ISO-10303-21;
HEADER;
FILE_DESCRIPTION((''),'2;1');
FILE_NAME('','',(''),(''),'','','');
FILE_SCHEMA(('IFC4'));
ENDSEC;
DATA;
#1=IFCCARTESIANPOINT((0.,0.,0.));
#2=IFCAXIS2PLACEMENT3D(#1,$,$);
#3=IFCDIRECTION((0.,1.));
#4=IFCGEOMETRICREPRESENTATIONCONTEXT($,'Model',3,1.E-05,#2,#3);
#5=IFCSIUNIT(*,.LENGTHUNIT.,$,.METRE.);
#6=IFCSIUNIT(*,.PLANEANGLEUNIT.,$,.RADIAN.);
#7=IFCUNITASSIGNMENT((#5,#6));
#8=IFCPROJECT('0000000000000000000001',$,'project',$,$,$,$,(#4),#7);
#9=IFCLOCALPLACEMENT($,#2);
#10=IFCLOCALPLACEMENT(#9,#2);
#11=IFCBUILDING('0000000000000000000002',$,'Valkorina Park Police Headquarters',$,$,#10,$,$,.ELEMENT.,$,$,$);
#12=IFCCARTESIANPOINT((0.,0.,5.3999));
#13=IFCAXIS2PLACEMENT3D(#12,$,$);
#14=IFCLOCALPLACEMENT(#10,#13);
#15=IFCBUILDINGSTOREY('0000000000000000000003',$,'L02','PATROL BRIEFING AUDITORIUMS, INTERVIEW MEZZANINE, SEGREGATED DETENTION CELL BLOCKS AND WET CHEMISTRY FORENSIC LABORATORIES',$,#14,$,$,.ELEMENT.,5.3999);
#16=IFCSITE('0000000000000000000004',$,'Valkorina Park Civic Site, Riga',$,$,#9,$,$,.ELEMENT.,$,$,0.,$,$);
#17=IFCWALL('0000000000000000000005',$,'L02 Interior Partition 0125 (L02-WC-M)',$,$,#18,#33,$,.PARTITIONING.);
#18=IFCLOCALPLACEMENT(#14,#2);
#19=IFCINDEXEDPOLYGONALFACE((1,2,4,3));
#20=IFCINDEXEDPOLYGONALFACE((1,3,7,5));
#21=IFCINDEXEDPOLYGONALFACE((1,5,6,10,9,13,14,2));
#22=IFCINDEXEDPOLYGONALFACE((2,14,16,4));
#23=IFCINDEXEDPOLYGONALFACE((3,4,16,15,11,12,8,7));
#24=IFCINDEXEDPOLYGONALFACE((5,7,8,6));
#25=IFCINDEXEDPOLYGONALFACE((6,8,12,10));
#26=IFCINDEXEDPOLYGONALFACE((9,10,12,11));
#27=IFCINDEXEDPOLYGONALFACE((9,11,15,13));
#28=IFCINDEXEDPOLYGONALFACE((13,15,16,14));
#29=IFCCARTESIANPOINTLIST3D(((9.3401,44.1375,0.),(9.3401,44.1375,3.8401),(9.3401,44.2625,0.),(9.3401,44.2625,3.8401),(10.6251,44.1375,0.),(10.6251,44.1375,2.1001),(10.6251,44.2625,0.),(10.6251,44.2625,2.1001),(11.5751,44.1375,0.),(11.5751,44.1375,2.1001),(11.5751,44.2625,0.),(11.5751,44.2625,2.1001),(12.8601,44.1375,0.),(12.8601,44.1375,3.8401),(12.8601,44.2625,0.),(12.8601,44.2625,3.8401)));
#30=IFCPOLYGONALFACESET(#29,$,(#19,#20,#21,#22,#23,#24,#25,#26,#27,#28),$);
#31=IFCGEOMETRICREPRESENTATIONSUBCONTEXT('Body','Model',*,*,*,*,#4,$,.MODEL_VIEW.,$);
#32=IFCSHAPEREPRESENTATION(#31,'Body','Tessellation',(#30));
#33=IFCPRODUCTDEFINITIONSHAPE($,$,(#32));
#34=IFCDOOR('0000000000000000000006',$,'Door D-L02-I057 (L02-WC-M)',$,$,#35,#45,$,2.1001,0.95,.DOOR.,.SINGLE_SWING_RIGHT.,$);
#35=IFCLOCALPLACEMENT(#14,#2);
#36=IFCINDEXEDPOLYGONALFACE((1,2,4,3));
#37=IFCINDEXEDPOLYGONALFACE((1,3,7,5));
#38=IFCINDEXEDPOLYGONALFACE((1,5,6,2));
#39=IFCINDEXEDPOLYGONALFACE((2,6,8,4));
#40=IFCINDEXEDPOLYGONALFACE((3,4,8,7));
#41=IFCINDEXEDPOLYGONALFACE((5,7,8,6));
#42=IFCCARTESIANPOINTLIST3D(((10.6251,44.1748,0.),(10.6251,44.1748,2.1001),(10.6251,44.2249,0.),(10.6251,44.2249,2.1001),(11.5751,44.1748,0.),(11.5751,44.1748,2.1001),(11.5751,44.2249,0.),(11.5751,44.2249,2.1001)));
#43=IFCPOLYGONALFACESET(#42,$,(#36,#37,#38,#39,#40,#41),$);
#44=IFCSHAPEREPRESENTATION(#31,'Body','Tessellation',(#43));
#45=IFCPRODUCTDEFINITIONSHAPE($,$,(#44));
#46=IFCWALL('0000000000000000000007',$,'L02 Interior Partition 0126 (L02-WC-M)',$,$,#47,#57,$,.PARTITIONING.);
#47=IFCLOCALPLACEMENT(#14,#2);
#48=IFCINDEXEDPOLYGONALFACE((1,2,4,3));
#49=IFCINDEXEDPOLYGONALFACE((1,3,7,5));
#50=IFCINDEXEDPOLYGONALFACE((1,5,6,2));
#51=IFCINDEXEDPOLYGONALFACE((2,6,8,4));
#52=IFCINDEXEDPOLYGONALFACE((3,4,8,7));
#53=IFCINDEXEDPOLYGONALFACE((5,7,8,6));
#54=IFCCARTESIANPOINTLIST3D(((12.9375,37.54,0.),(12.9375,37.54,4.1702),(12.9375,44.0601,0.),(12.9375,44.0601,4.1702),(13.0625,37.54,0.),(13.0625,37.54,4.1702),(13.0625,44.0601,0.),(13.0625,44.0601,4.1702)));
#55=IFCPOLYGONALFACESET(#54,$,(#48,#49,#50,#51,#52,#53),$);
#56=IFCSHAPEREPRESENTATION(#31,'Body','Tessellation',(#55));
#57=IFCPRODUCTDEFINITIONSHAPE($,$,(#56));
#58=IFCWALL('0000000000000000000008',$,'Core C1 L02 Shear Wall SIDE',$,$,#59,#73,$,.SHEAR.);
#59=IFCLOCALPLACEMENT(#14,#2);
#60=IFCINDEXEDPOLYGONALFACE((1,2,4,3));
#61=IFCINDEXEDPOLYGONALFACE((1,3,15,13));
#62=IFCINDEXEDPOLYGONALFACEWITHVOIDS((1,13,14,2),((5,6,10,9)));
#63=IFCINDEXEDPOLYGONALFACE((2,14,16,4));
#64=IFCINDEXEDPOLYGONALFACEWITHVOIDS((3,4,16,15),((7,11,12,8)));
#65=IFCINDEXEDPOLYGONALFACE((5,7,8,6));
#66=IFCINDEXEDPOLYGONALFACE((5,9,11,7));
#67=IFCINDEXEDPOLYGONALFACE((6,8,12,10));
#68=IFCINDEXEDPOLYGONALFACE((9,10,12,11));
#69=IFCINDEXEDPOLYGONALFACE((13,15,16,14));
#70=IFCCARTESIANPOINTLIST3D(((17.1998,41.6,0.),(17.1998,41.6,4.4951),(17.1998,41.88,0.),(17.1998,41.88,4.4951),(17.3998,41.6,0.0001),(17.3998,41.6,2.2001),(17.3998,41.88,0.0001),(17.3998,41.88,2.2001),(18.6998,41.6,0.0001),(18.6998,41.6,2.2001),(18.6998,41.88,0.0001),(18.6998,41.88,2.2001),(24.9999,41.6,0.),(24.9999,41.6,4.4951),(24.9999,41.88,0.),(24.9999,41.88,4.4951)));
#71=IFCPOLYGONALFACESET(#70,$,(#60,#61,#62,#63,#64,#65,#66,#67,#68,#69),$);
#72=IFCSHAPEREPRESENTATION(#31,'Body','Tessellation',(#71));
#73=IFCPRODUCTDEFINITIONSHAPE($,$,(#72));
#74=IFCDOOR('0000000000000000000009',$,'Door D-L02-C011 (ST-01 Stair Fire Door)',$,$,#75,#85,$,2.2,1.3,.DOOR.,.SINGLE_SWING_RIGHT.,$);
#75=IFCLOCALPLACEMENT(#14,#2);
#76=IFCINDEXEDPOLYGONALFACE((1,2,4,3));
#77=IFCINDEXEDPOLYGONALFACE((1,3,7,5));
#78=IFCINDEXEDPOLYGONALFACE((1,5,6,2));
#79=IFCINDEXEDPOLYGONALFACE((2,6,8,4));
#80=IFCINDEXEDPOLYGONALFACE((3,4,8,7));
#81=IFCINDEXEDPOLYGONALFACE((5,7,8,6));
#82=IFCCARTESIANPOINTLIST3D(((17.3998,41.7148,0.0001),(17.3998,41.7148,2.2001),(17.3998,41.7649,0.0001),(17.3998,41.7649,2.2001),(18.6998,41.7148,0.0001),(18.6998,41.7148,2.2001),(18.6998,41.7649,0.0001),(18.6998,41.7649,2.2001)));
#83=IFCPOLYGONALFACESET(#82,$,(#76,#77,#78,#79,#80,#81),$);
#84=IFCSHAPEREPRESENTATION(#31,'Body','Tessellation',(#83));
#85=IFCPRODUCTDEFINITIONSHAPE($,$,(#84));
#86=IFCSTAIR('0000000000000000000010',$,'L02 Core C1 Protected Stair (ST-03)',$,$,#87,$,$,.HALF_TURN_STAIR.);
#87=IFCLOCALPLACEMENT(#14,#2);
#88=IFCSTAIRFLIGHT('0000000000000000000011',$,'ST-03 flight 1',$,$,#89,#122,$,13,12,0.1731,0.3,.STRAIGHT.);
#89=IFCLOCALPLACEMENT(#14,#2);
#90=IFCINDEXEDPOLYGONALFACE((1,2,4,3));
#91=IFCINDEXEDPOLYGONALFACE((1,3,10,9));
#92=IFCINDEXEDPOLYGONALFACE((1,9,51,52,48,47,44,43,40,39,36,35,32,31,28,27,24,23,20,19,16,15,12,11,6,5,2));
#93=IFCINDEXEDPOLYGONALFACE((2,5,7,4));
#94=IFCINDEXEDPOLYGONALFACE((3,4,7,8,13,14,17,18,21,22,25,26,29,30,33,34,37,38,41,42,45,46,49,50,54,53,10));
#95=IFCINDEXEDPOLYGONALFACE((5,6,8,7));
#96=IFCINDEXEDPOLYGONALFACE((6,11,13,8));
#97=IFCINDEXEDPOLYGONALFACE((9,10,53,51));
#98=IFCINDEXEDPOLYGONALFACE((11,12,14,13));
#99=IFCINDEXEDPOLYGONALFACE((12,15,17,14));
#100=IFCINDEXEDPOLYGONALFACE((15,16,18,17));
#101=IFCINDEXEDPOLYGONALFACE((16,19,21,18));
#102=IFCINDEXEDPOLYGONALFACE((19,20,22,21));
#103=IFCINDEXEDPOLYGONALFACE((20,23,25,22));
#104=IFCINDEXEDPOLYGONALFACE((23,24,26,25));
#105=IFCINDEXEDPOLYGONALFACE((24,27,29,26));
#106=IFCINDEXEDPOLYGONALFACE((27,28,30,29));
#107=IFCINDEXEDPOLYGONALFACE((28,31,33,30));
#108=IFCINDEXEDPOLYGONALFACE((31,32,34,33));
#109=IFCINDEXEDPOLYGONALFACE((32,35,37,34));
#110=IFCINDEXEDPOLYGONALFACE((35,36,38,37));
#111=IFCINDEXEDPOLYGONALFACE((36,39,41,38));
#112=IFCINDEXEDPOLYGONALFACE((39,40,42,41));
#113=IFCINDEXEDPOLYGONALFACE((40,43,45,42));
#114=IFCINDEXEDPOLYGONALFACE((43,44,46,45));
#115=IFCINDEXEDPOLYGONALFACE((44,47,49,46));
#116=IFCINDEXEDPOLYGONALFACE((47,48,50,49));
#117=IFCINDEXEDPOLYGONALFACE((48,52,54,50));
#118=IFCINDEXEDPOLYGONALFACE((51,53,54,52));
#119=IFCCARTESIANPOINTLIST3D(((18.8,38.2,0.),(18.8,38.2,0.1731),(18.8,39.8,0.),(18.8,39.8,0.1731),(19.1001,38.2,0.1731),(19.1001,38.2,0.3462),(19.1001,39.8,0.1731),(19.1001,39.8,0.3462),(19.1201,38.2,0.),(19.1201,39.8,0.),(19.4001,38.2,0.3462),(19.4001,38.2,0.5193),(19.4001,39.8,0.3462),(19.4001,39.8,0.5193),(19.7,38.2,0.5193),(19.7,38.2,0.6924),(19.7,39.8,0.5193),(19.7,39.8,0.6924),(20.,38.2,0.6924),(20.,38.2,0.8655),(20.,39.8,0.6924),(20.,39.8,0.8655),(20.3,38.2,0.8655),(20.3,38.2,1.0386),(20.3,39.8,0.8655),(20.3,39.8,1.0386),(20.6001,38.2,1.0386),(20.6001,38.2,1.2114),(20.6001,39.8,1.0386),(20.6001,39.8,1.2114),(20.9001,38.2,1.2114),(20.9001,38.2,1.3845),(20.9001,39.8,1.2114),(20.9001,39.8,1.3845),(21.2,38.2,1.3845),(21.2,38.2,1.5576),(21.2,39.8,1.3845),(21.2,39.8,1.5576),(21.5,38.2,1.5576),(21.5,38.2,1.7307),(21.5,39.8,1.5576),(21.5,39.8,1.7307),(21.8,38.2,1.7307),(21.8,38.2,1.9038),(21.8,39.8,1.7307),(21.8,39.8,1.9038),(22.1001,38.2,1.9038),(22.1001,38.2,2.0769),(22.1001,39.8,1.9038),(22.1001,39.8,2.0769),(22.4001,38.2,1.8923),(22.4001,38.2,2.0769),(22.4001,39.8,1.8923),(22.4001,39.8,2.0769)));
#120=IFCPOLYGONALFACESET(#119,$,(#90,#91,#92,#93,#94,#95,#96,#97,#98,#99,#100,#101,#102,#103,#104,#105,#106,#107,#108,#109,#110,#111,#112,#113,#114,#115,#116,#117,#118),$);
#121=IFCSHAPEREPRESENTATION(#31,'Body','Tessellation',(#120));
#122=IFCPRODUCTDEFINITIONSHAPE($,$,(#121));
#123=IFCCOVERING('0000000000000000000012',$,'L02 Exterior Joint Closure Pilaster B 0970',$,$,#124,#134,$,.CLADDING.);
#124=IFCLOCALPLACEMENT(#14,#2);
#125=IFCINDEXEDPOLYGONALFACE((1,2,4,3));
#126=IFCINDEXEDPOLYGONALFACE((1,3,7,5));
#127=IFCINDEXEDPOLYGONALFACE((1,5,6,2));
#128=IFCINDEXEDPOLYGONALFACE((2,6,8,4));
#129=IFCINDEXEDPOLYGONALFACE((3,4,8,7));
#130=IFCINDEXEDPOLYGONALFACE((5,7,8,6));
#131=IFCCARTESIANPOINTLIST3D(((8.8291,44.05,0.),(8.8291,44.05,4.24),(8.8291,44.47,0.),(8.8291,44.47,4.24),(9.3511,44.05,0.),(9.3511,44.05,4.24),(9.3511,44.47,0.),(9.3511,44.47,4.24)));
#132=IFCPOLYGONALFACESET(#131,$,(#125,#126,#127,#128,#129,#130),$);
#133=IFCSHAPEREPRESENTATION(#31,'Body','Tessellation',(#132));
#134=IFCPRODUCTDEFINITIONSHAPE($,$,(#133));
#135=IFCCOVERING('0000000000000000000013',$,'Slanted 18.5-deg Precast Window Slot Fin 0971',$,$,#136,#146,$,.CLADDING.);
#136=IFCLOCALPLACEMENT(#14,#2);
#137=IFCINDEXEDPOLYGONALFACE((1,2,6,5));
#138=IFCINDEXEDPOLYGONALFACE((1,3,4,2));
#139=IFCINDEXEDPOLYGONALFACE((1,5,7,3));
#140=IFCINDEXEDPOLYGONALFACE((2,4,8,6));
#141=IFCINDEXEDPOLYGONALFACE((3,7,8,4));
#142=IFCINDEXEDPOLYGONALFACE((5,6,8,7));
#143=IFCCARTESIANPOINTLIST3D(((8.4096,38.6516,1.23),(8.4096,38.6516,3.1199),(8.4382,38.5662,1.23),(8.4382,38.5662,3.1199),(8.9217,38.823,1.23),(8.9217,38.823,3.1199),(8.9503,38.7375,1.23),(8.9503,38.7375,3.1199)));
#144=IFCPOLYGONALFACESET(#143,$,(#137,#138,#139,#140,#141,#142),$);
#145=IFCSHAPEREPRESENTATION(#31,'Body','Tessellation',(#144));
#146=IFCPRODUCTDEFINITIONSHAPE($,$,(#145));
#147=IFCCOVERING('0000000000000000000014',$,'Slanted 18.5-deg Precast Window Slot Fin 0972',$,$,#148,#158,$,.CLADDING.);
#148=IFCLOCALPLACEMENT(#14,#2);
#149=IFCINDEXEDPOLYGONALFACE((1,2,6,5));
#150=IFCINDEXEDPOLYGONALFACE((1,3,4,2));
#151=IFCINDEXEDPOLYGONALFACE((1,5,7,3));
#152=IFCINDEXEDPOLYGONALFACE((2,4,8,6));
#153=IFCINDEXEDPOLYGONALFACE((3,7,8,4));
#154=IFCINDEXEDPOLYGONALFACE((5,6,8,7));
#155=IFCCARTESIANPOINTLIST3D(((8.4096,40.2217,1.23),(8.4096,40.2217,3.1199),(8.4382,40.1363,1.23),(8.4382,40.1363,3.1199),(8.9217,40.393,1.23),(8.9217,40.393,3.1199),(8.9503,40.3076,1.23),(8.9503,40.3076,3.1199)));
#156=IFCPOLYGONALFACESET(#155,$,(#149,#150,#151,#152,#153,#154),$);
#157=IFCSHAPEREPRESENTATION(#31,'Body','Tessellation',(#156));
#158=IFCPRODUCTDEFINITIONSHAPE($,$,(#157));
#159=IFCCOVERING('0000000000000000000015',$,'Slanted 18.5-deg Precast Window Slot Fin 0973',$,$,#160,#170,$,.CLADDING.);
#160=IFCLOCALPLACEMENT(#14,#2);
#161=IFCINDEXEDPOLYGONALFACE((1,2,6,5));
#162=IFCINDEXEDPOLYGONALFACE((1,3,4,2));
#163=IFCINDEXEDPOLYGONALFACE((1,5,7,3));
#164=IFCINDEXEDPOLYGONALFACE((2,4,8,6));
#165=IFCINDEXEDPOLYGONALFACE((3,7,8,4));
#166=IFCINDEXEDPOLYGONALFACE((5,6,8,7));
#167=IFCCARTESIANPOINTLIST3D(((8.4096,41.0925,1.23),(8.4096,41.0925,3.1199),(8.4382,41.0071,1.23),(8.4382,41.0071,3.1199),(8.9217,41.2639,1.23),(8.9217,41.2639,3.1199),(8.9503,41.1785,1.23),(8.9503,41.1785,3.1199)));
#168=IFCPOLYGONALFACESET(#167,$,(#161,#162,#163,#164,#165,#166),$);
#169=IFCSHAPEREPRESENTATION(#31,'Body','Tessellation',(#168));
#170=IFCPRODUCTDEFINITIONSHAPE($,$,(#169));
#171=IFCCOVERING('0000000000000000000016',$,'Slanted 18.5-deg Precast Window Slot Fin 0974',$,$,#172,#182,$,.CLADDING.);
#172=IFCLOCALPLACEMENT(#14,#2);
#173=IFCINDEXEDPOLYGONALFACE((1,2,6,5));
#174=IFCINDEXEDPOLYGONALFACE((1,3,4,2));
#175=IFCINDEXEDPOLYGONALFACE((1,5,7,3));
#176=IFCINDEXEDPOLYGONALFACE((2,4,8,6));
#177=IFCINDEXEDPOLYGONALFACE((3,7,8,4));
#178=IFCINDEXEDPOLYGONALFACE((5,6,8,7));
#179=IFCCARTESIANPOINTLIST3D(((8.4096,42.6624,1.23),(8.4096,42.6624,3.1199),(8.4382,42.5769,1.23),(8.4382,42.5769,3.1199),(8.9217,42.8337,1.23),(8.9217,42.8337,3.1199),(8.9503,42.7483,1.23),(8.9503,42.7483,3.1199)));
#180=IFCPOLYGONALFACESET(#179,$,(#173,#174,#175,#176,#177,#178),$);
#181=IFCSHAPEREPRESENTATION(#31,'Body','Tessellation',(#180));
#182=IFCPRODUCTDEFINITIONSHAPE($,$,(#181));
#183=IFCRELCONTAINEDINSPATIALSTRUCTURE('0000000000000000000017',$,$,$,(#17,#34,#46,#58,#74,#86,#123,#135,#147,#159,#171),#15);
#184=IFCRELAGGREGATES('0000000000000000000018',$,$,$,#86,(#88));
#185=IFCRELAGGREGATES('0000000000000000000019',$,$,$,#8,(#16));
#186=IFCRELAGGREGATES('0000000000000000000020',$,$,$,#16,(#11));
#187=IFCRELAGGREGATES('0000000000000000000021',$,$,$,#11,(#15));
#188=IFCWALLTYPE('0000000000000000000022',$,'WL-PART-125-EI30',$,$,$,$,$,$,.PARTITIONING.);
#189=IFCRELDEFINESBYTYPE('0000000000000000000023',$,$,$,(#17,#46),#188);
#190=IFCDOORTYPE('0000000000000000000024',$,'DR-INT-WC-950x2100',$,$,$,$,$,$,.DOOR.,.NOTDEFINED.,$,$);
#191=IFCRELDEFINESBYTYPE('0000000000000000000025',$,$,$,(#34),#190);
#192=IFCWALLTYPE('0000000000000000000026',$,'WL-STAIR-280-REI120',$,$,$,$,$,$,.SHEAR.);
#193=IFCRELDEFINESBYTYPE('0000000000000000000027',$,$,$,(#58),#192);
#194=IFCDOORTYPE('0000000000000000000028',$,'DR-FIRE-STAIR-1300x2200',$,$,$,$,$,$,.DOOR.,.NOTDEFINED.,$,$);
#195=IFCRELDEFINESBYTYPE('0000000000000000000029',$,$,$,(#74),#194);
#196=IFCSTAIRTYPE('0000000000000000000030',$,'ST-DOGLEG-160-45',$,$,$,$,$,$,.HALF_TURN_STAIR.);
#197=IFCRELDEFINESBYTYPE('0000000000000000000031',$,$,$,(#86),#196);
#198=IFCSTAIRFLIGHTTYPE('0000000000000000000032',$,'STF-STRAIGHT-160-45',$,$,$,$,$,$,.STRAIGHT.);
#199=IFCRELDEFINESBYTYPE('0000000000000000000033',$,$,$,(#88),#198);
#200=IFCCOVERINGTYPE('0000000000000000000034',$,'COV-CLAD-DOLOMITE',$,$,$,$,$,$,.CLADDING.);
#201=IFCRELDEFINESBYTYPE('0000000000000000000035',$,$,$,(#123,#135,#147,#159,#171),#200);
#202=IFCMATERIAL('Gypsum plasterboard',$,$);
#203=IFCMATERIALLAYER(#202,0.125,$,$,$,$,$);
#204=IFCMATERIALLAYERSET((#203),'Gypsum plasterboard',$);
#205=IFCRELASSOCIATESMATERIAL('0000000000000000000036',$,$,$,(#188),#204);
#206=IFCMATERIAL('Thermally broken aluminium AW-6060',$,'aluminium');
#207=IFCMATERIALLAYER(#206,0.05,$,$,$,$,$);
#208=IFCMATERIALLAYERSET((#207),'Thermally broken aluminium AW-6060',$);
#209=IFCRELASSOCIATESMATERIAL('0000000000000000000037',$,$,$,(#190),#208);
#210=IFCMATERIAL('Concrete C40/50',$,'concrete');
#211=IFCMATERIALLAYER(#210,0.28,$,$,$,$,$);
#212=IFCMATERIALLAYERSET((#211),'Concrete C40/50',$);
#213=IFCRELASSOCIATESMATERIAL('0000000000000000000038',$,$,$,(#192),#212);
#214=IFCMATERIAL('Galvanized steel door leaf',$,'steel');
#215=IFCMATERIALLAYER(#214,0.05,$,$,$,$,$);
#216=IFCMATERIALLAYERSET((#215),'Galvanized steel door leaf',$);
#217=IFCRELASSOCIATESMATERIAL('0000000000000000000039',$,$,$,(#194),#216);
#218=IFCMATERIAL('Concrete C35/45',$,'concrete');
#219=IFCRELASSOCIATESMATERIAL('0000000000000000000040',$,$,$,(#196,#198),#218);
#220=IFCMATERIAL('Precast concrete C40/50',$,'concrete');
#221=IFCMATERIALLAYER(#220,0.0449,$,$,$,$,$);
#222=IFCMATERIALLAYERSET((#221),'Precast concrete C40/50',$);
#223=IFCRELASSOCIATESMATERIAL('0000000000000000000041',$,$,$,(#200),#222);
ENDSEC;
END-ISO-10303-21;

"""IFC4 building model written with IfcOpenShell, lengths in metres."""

from ifc_helpers import new_model, si_unit, direction, frame, frame_2d, origin, origin_2d, place, context, subcontext, project, spatial, polyline, rectangle, outline, extrude, material, layer, layer_set, type_object, element, fill, aggregate, save


model = new_model("IFC4")

# Units and contexts
model_context = context("Model", 3, precision=1e-05, world=origin(), true_north=direction((0.0, 1.0)))
body_context = subcontext(model_context, "Body", "Model", "MODEL_VIEW")
ifc_project = project(units=[si_unit("LENGTHUNIT", "METRE"), si_unit("PLANEANGLEUNIT", "RADIAN")], contexts=[model_context])

# Site, building, storey
site_placement = place(None, origin())
site = spatial("IfcSite", under=ifc_project, at=site_placement, Name="Valkorina Park Civic Site, Riga", CompositionType="ELEMENT", RefElevation=0.0)
building_placement = place(site_placement, origin())
building = spatial("IfcBuilding", under=site, at=building_placement, Name="Valkorina Park Police Headquarters", CompositionType="ELEMENT")
storey_placement = place(building_placement, frame((0.0, 0.0, 5.3999)))
storey = spatial("IfcBuildingStorey", under=building, at=storey_placement, Name="L02", Description="PATROL BRIEFING AUDITORIUMS, INTERVIEW MEZZANINE, SEGREGATED DETENTION CELL BLOCKS AND WET CHEMISTRY FORENSIC LABORATORIES", CompositionType="ELEMENT", Elevation=5.3999)

# Shared definitions
ifc_material_1 = material(Name="Concrete C40/50", Category="concrete")

# Shared definitions
ifc_material_2 = material(Name="Galvanized steel door leaf", Category="steel")

# Shared definitions
ifc_material_3 = material(Name="Concrete C35/45", Category="concrete")

# Shared definitions
ifc_material_4 = material(Name="Gypsum plasterboard")
ifc_layer_1 = layer(ifc_material_4, 0.125)
ifc_layer_set_1 = layer_set([ifc_layer_1], Name="Gypsum plasterboard")
wall_type_1 = type_object("IfcWallType", Name="WL-PART-125-EI30", PredefinedType="PARTITIONING", material=ifc_layer_set_1)

# Wall, opening, door
wall_1_placement = place(storey_placement, frame((9.3401, 44.2, 0.0), z_axis=(0.0, 0.0, 1.0), x_axis=(1.0, 0.0, 0.0)))
wall_1 = element("IfcWall", 1, at=wall_1_placement, inside=storey, type_object=wall_type_1, Name="L02 Interior Partition 0125 (L02-WC-M)", PredefinedType="PARTITIONING", context=body_context, shape_type="SweptSolid", body=[
    extrude(rectangle(XDim=3.52, YDim=0.125, at=frame_2d((1.76, 0.0))), origin(), (0.0, 0.0, 1.0), 3.8401),
])
opening_1_placement = place(wall_1_placement, frame((1.2849, 0.0, 0.0)))
opening_1 = element("IfcOpeningElement", 2, at=opening_1_placement, cuts=wall_1, PredefinedType="OPENING", context=body_context, shape_type="SweptSolid", body=[
    extrude(rectangle(XDim=0.95, YDim=2.1001, at=frame_2d((0.4751, 1.05))), frame((0.0, 0.0725, 0.0), z_axis=(0.0, -1.0, 0.0), x_axis=(1.0, 0.0, 0.0)), (0.0, 0.0, 1.0), 0.145),
])
ifc_material_5 = material(Name="Thermally broken aluminium AW-6060", Category="aluminium")
ifc_layer_2 = layer(ifc_material_5, 0.05)
ifc_layer_set_2 = layer_set([ifc_layer_2], Name="Thermally broken aluminium AW-6060")
door_type_1 = type_object("IfcDoorType", Name="DR-INT-WC-950x2100", OperationType="NOTDEFINED", PredefinedType="DOOR", material=ifc_layer_set_2)
door_1_placement = place(opening_1_placement, origin())
door_1 = element("IfcDoor", 3, at=door_1_placement, inside=storey, type_object=door_type_1, Name="Door D-L02-I057 (L02-WC-M)", OperationType="SINGLE_SWING_RIGHT", OverallHeight=2.1001, OverallWidth=0.95, PredefinedType="DOOR", context=body_context, shape_type="SweptSolid", body=[
    extrude(rectangle(XDim=0.95, YDim=2.1001, at=frame_2d((0.4751, 1.05))), frame((0.0, 0.0249, 0.0), z_axis=(0.0, -1.0, 0.0), x_axis=(1.0, 0.0, 0.0)), (0.0, 0.0, 1.0), 0.05),
])
fill(opening_1, door_1)

# Wall
wall_2_placement = place(storey_placement, frame((13.0, 37.54, 0.0), z_axis=(0.0, 0.0, 1.0), x_axis=(0.0, 1.0, 0.0)))
element("IfcWall", 4, at=wall_2_placement, inside=storey, type_object=wall_type_1, Name="L02 Interior Partition 0126 (L02-WC-M)", PredefinedType="PARTITIONING", context=body_context, shape_type="SweptSolid", body=[
    extrude(rectangle(XDim=6.52, YDim=0.125, at=frame_2d((3.26, 0.0))), origin(), (0.0, 0.0, 1.0), 4.1702),
])

# Wall, opening, door
ifc_layer_3 = layer(ifc_material_1, 0.28)
ifc_layer_set_3 = layer_set([ifc_layer_3], Name="Concrete C40/50")
wall_type_2 = type_object("IfcWallType", Name="WL-STAIR-280-REI120", PredefinedType="SHEAR", material=ifc_layer_set_3)
wall_3_placement = place(storey_placement, frame((17.2, 41.74, 0.0), z_axis=(0.0, 0.0, 1.0), x_axis=(1.0, 0.0, 0.0)))
wall_3 = element("IfcWall", 5, at=wall_3_placement, inside=storey, type_object=wall_type_2, Name="Core C1 L02 Shear Wall SIDE", PredefinedType="SHEAR", context=body_context, shape_type="SweptSolid", body=[
    extrude(rectangle(XDim=7.8, YDim=0.28, at=frame_2d((3.8999, 0.0))), origin(), (0.0, 0.0, 1.0), 4.4951),
])
opening_2_placement = place(wall_3_placement, frame((0.2, 0.0, 0.0)))
opening_2 = element("IfcOpeningElement", 6, at=opening_2_placement, cuts=wall_3, PredefinedType="OPENING", context=body_context, shape_type="SweptSolid", body=[
    extrude(rectangle(XDim=1.3, YDim=2.2, at=frame_2d((0.6499, 1.1001))), frame((0.0, 0.1499, 0.0), z_axis=(0.0, -1.0, 0.0), x_axis=(1.0, 0.0, 0.0)), (0.0, 0.0, 1.0), 0.3),
])
ifc_layer_4 = layer(ifc_material_2, 0.05)
ifc_layer_set_4 = layer_set([ifc_layer_4], Name="Galvanized steel door leaf")
door_type_2 = type_object("IfcDoorType", Name="DR-FIRE-STAIR-1300x2200", OperationType="NOTDEFINED", PredefinedType="DOOR", material=ifc_layer_set_4)
door_2_placement = place(opening_2_placement, origin())
door_2 = element("IfcDoor", 7, at=door_2_placement, inside=storey, type_object=door_type_2, Name="Door D-L02-C011 (ST-01 Stair Fire Door)", OperationType="SINGLE_SWING_RIGHT", OverallHeight=2.2, OverallWidth=1.3, PredefinedType="DOOR", context=body_context, shape_type="SweptSolid", body=[
    extrude(rectangle(XDim=1.3, YDim=2.2, at=frame_2d((0.6499, 1.1001))), frame((0.0, 0.0249, 0.0), z_axis=(0.0, -1.0, 0.0), x_axis=(1.0, 0.0, 0.0)), (0.0, 0.0, 1.0), 0.05),
])
fill(opening_2, door_2)

# Stair, stair flight
stair_type = type_object("IfcStairType", Name="ST-DOGLEG-160-45", PredefinedType="HALF_TURN_STAIR", material=ifc_material_3)
stair_placement = place(storey_placement, origin())
stair = element("IfcStair", 8, at=stair_placement, inside=storey, type_object=stair_type, Name="L02 Core C1 Protected Stair (ST-03)", PredefinedType="HALF_TURN_STAIR")
stair_flight_type = type_object("IfcStairFlightType", Name="STF-STRAIGHT-160-45", PredefinedType="STRAIGHT", material=ifc_material_3)
stair_flight_placement = place(storey_placement, frame((18.8, 39.0, 0.0), z_axis=(0.0, 0.0, 1.0), x_axis=(1.0, 0.0, 0.0)))
stair_flight = element("IfcStairFlight", 9, at=stair_flight_placement, type_object=stair_flight_type, Name="ST-03 flight 1", NumberOfRisers=13, NumberOfTreads=12, PredefinedType="STRAIGHT", RiserHeight=0.1731, TreadLength=0.3, context=body_context, shape_type="SweptSolid", body=[
    extrude(outline(polyline([(0.0, 0.0), (0.0, 0.1731), (0.3, 0.1731), (0.3, 0.3462), (0.6001, 0.3462), (0.6001, 0.5193), (0.8999, 0.5193), (0.8999, 0.6924), (1.2, 0.6924), (1.2, 0.8655), (1.5, 0.8655), (1.5, 1.0386), (1.8, 1.0386), (1.8, 1.2114), (2.1001, 1.2114), (2.1001, 1.3845), (2.3999, 1.3845), (2.3999, 1.5576), (2.7, 1.5576), (2.7, 1.7307), (3.0, 1.7307), (3.0, 1.9038), (3.3, 1.9038), (3.3, 2.0769), (3.6001, 2.0769), (3.6001, 2.25), (3.6001, 1.8923), (0.3201, 0.0), (0.0, 0.0)])), frame((0.0, 0.8, 0.0), z_axis=(0.0, -1.0, 0.0), x_axis=(1.0, 0.0, 0.0)), (0.0, 0.0, 1.0), 1.6001),
])
aggregate(stair, [stair_flight])

# Coverings
ifc_material_6 = material(Name="Precast concrete C40/50", Category="concrete")
ifc_layer_5 = layer(ifc_material_6, 0.0449)
ifc_layer_set_5 = layer_set([ifc_layer_5], Name="Precast concrete C40/50")
covering_type = type_object("IfcCoveringType", Name="COV-CLAD-DOLOMITE", PredefinedType="CLADDING", material=ifc_layer_set_5)
covering_1_placement = place(storey_placement, frame((9.0901, 44.26, 0.0), z_axis=(0.0, 0.0, 1.0), x_axis=(0.0, 1.0, 0.0)))
element("IfcCovering", 10, at=covering_1_placement, inside=storey, type_object=covering_type, Name="L02 Exterior Joint Closure Pilaster B 0970", PredefinedType="CLADDING", context=body_context, shape_type="SweptSolid", body=[
    extrude(rectangle(XDim=0.4199, YDim=0.522, at=origin_2d()), origin(), (0.0, 0.0, 1.0), 4.24),
])
for number, where, z_axis, x_axis, name in (
    (11, (8.6799, 38.6946, 1.23), (0.0, 0.0, 1.0), (-0.948324, -0.317305, 0.0), "Slanted 18.5-deg Precast Window Slot Fin 0971"),
    (12, (8.6799, 40.2646, 1.23), (0.0, 0.0, 1.0), (-0.948324, -0.317305, 0.0), "Slanted 18.5-deg Precast Window Slot Fin 0972"),
    (13, (8.6799, 41.1355, 1.23), (0.0, 0.0, 1.0), (-0.948324, -0.317305, 0.0), "Slanted 18.5-deg Precast Window Slot Fin 0973"),
    (14, (8.6799, 42.7053, 1.23), (0.0, 0.0, 1.0), (-0.948324, -0.317305, 0.0), "Slanted 18.5-deg Precast Window Slot Fin 0974"),
):
    element("IfcCovering", number, at=place(storey_placement, frame(where, z_axis=z_axis, x_axis=x_axis)), inside=storey, type_object=covering_type, Name=name, PredefinedType="CLADDING", context=body_context, shape_type="SweptSolid", body=[
        extrude(rectangle(XDim=0.54, YDim=0.0901, at=origin_2d()), origin(), (0.0, 0.0, 1.0), 1.8899),
    ])

save(model, "model.ifc")
